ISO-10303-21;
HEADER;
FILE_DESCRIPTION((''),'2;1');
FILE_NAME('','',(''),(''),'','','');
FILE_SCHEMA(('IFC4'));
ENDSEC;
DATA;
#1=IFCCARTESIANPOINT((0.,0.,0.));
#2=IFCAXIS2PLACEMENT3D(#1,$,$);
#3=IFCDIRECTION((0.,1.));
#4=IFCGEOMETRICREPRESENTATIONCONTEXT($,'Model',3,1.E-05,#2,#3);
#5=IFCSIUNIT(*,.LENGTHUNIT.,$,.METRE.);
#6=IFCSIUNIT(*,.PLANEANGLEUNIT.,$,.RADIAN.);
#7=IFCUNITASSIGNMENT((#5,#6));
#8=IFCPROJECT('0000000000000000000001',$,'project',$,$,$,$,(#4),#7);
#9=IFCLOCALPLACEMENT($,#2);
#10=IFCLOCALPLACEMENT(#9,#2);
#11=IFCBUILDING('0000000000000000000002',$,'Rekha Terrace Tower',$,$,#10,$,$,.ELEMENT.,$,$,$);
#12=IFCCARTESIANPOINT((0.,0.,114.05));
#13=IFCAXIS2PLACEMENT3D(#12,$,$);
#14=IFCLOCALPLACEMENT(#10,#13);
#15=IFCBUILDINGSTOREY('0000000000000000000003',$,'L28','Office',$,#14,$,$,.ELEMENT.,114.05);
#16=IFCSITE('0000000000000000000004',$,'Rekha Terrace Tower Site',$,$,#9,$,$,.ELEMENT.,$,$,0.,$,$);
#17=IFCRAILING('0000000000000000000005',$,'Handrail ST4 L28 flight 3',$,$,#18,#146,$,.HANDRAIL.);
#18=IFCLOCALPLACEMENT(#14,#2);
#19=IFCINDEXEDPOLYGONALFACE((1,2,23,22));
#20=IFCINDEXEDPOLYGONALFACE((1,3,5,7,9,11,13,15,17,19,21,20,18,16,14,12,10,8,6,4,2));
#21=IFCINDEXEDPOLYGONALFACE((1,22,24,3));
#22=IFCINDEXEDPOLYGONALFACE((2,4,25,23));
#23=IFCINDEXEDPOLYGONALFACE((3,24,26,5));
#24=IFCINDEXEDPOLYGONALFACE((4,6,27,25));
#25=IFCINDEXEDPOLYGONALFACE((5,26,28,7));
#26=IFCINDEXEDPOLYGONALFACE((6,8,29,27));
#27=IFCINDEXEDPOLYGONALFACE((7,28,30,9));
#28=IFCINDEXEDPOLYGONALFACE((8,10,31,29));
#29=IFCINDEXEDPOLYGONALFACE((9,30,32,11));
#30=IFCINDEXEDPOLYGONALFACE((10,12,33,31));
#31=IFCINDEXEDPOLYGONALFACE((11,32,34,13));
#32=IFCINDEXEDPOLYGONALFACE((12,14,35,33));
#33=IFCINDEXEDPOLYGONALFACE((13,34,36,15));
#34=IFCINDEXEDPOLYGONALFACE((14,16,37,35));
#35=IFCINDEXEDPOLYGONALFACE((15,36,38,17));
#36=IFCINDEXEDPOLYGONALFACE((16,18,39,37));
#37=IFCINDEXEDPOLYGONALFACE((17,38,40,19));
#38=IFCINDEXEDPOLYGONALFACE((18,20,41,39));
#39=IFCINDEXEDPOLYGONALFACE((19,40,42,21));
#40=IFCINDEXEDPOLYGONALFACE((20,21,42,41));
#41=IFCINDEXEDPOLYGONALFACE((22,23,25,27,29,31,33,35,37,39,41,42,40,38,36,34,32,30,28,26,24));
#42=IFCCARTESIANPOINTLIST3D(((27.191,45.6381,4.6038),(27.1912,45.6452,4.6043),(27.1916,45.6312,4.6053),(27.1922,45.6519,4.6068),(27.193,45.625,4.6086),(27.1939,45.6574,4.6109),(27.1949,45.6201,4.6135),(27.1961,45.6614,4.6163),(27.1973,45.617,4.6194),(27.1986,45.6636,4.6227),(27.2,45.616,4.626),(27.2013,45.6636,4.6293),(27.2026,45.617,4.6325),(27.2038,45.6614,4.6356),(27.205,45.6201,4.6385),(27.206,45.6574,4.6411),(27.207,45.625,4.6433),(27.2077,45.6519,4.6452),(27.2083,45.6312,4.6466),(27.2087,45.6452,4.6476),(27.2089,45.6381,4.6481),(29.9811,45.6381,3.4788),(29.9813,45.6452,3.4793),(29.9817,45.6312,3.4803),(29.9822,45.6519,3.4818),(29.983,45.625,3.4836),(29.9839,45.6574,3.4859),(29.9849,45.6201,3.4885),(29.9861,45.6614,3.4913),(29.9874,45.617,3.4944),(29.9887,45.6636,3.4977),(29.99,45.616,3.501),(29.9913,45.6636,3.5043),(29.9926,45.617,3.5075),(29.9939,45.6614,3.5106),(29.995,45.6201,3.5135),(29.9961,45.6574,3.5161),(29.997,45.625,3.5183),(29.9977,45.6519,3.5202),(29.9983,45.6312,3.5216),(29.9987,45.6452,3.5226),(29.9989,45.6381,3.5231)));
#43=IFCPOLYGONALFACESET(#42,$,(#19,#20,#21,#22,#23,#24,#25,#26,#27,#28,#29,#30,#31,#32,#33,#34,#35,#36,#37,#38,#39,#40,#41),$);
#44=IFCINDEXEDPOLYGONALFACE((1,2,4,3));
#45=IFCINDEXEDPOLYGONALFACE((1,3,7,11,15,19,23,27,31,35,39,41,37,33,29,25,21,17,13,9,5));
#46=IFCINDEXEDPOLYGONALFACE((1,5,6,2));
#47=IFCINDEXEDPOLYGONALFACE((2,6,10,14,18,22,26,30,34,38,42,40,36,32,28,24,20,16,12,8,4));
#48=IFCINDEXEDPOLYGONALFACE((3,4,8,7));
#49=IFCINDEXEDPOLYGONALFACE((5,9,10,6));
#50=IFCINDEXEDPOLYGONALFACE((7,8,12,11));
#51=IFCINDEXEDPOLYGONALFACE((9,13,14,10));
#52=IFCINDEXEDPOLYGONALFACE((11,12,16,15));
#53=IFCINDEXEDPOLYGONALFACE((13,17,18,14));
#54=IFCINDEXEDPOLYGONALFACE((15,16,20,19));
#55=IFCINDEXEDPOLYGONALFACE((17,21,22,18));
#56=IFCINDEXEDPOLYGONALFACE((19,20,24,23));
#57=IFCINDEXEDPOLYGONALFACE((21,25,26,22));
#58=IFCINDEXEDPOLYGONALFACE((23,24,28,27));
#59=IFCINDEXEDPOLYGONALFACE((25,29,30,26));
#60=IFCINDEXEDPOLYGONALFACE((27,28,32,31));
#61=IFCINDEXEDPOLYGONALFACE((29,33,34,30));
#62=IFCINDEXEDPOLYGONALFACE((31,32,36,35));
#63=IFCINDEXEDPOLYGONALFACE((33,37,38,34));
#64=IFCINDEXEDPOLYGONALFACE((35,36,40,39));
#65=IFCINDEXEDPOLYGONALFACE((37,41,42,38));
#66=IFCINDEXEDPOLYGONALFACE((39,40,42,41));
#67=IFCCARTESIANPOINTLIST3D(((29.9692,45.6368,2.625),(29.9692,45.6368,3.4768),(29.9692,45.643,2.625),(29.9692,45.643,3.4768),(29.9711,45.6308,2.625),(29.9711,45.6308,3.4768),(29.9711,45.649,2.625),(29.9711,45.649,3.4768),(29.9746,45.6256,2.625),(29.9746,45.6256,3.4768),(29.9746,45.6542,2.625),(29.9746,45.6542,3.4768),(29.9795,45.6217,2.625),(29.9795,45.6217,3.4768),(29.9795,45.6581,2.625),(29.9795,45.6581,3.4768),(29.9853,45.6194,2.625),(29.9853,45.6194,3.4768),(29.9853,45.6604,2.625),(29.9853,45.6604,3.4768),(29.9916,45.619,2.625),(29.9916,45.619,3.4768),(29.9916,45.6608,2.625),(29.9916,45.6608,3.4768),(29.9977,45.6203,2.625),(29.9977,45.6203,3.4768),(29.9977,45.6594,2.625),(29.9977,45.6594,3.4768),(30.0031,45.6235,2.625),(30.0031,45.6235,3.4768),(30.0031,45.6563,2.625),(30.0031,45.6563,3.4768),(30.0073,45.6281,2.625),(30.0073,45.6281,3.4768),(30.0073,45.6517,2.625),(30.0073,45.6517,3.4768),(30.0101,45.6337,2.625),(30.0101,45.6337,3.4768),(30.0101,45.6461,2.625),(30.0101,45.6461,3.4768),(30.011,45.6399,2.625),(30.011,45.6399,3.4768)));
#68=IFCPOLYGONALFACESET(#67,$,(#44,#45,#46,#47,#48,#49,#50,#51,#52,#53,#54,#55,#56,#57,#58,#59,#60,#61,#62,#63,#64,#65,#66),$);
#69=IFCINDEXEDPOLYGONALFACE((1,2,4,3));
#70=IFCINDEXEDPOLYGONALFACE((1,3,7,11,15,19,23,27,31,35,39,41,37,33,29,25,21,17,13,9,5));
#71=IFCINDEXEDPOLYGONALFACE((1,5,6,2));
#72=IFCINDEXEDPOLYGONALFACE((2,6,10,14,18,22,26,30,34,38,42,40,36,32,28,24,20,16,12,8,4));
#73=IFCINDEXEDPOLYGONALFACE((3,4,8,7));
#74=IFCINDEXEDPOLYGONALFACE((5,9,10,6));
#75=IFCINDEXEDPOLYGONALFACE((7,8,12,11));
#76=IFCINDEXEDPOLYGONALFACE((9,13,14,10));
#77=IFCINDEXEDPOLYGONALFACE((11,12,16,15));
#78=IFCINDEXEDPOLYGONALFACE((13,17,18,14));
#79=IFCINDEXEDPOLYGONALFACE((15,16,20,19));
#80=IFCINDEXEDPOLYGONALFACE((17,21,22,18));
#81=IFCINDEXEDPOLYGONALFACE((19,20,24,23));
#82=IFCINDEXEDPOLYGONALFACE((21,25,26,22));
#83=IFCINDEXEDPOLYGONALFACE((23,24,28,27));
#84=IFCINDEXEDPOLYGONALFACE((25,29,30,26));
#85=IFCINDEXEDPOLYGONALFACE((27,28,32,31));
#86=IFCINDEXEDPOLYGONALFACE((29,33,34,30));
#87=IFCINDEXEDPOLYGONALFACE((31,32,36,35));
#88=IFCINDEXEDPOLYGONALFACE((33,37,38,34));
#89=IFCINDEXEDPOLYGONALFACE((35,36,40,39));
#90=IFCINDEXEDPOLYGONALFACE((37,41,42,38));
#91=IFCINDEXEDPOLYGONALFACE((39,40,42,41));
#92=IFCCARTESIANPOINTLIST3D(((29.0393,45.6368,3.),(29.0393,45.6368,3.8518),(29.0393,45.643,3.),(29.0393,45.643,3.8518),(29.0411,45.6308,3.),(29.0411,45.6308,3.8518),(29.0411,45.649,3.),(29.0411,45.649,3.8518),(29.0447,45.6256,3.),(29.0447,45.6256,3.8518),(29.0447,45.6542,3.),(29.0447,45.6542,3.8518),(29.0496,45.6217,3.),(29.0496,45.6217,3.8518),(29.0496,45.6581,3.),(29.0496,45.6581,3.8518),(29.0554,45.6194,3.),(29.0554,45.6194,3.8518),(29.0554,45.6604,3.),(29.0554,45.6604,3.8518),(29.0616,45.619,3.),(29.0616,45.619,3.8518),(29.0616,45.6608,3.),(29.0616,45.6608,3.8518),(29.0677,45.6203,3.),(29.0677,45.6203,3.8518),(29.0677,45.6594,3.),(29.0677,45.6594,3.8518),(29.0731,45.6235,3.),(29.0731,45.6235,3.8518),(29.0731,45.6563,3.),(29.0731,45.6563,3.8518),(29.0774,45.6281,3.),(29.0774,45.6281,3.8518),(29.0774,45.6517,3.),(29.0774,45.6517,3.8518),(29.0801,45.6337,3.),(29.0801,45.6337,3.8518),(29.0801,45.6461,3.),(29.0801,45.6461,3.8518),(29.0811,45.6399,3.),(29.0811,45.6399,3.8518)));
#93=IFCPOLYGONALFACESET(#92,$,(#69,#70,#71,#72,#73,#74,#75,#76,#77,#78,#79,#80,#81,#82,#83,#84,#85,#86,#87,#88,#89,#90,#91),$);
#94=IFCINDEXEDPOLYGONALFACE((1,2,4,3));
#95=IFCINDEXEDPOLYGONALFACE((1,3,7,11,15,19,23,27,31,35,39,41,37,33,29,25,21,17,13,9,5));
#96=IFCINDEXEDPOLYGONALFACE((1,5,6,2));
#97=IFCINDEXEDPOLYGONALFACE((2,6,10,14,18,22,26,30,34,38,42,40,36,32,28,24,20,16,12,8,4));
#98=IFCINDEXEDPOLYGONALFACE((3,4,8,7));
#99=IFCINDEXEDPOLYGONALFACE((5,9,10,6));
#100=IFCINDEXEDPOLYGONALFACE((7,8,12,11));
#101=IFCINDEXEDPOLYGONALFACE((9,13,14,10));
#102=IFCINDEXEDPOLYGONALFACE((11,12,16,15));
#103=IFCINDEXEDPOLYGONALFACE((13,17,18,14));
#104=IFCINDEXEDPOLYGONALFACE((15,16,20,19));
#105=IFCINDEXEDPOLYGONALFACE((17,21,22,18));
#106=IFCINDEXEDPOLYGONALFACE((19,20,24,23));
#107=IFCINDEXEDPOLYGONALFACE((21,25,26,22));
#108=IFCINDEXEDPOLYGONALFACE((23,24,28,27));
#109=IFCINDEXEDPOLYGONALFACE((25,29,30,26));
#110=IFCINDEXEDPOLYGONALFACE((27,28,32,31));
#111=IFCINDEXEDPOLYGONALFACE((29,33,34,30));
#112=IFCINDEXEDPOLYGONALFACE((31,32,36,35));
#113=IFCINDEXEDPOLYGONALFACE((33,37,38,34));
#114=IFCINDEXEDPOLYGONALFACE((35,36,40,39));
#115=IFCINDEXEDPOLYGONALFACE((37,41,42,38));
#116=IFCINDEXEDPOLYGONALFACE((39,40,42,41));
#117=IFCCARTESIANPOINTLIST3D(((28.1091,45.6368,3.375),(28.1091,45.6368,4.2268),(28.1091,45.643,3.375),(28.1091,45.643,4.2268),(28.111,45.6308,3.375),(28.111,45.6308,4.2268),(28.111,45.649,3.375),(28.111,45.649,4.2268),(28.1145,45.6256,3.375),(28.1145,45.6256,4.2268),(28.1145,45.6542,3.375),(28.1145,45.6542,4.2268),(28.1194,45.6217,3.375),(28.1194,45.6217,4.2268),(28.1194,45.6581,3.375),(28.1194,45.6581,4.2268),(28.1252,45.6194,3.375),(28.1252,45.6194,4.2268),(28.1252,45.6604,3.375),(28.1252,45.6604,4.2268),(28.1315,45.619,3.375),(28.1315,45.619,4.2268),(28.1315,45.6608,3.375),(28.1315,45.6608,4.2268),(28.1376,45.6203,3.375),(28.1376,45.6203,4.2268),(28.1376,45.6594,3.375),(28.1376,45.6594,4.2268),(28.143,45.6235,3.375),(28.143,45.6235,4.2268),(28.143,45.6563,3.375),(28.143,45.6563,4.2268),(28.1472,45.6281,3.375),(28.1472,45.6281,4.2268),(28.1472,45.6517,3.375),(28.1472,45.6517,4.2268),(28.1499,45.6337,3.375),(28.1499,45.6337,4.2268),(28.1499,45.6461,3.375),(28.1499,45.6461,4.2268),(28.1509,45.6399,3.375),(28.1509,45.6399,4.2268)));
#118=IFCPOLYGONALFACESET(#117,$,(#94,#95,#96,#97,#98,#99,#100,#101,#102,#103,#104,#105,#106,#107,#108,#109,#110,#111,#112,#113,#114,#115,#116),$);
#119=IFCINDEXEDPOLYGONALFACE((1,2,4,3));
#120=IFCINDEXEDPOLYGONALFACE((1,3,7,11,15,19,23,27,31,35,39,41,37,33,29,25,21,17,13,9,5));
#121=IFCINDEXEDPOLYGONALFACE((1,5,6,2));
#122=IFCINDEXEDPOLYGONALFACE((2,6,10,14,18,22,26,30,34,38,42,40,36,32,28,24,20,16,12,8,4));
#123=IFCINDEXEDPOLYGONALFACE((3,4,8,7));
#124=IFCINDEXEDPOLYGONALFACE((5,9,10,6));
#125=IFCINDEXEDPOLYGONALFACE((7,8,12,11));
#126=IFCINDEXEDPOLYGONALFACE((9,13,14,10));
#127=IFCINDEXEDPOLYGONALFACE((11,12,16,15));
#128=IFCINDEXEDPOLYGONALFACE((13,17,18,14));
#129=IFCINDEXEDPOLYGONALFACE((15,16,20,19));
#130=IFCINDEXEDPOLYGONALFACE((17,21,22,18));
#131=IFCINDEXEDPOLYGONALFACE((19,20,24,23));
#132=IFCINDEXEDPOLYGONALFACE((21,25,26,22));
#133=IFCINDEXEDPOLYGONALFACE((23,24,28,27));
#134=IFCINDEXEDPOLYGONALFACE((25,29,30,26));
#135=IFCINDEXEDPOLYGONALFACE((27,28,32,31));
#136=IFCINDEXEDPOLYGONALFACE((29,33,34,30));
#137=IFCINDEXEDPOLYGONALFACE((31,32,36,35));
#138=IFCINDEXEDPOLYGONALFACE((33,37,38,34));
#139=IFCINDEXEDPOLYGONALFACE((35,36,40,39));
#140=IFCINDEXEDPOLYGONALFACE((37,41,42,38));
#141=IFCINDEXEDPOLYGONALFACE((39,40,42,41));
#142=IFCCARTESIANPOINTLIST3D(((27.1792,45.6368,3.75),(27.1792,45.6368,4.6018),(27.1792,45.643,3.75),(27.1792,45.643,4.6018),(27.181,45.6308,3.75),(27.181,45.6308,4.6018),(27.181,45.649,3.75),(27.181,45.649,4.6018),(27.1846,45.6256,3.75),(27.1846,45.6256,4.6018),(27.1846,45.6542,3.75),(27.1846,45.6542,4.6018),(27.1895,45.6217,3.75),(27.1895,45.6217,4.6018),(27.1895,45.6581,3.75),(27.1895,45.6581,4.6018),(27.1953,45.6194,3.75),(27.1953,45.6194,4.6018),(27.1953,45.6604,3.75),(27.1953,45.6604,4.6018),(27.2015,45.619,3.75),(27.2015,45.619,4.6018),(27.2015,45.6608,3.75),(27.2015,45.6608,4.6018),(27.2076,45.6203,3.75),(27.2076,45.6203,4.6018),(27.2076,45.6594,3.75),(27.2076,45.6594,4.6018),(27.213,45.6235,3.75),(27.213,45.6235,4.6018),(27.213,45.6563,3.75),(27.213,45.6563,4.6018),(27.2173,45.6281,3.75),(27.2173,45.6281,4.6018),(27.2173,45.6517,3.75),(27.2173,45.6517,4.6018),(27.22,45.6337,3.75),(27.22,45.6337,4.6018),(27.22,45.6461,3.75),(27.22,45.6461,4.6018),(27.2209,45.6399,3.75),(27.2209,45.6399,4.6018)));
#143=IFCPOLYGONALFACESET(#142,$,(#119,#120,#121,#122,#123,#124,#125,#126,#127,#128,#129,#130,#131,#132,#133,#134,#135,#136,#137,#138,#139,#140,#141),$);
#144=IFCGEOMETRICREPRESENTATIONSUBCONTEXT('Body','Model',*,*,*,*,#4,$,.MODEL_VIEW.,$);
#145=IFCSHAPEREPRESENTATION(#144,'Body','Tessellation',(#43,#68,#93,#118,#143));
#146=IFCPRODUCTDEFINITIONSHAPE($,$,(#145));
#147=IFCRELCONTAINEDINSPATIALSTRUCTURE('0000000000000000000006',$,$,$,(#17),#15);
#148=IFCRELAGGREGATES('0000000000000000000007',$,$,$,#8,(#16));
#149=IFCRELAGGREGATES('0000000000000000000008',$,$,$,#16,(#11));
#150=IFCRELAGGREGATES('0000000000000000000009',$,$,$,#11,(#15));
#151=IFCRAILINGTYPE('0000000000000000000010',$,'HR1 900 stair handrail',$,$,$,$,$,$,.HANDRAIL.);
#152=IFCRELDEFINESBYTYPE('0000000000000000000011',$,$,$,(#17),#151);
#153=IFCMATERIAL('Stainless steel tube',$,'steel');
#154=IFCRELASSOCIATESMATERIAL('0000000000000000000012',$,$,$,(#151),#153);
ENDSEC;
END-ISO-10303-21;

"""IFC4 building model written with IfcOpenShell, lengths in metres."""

from ifc_helpers import new_model, si_unit, direction, frame, origin, origin_2d, place, context, subcontext, project, spatial, circle, extrude, material, type_object, element, save


model = new_model("IFC4")

# Units and contexts
model_context = context("Model", 3, precision=1e-05, world=origin(), true_north=direction((0.0, 1.0)))
body_context = subcontext(model_context, "Body", "Model", "MODEL_VIEW")
ifc_project = project(units=[si_unit("LENGTHUNIT", "METRE"), si_unit("PLANEANGLEUNIT", "RADIAN")], contexts=[model_context])

# Site, building, storey
site_placement = place(None, origin())
site = spatial("IfcSite", under=ifc_project, at=site_placement, Name="Rekha Terrace Tower Site", CompositionType="ELEMENT", RefElevation=0.0)
building_placement = place(site_placement, origin())
building = spatial("IfcBuilding", under=site, at=building_placement, Name="Rekha Terrace Tower", CompositionType="ELEMENT")
storey_placement = place(building_placement, frame((0.0, 0.0, 114.05)))
storey = spatial("IfcBuildingStorey", under=building, at=storey_placement, Name="L28", Description="Office", CompositionType="ELEMENT", Elevation=114.05)

# Railing
ifc_material_1 = material(Name="Stainless steel tube", Category="steel")
railing_type_1 = type_object("IfcRailingType", Name="HR1 900 stair handrail", PredefinedType="HANDRAIL", material=ifc_material_1)
railing_1_placement = place(storey_placement, frame((29.99, 45.6399, 2.625)))
element("IfcRailing", 1, at=railing_1_placement, inside=storey, type_object=railing_type_1, Name="Handrail ST4 L28 flight 3", PredefinedType="HANDRAIL", context=body_context, shape_type="SweptSolid", body=[
    extrude(circle(Radius=0.0239, at=origin_2d()), frame((0.0, 0.0, 0.876), z_axis=(-0.927443, 0.0, 0.373964), x_axis=(0.0, -1.0, 0.0)), (0.0, 0.0, 1.0), 3.0083),
    extrude(circle(Radius=0.021, at=origin_2d()), origin(), (0.0, 0.0, 1.0), 0.8518),
    extrude(circle(Radius=0.021, at=origin_2d()), frame((-0.9299, 0.0, 0.375)), (0.0, 0.0, 1.0), 0.8518),
    extrude(circle(Radius=0.021, at=origin_2d()), frame((-1.8601, 0.0, 0.75)), (0.0, 0.0, 1.0), 0.8518),
    extrude(circle(Radius=0.021, at=origin_2d()), frame((-2.79, 0.0, 1.125)), (0.0, 0.0, 1.0), 0.8518),
])

save(model, "model.ifc")
